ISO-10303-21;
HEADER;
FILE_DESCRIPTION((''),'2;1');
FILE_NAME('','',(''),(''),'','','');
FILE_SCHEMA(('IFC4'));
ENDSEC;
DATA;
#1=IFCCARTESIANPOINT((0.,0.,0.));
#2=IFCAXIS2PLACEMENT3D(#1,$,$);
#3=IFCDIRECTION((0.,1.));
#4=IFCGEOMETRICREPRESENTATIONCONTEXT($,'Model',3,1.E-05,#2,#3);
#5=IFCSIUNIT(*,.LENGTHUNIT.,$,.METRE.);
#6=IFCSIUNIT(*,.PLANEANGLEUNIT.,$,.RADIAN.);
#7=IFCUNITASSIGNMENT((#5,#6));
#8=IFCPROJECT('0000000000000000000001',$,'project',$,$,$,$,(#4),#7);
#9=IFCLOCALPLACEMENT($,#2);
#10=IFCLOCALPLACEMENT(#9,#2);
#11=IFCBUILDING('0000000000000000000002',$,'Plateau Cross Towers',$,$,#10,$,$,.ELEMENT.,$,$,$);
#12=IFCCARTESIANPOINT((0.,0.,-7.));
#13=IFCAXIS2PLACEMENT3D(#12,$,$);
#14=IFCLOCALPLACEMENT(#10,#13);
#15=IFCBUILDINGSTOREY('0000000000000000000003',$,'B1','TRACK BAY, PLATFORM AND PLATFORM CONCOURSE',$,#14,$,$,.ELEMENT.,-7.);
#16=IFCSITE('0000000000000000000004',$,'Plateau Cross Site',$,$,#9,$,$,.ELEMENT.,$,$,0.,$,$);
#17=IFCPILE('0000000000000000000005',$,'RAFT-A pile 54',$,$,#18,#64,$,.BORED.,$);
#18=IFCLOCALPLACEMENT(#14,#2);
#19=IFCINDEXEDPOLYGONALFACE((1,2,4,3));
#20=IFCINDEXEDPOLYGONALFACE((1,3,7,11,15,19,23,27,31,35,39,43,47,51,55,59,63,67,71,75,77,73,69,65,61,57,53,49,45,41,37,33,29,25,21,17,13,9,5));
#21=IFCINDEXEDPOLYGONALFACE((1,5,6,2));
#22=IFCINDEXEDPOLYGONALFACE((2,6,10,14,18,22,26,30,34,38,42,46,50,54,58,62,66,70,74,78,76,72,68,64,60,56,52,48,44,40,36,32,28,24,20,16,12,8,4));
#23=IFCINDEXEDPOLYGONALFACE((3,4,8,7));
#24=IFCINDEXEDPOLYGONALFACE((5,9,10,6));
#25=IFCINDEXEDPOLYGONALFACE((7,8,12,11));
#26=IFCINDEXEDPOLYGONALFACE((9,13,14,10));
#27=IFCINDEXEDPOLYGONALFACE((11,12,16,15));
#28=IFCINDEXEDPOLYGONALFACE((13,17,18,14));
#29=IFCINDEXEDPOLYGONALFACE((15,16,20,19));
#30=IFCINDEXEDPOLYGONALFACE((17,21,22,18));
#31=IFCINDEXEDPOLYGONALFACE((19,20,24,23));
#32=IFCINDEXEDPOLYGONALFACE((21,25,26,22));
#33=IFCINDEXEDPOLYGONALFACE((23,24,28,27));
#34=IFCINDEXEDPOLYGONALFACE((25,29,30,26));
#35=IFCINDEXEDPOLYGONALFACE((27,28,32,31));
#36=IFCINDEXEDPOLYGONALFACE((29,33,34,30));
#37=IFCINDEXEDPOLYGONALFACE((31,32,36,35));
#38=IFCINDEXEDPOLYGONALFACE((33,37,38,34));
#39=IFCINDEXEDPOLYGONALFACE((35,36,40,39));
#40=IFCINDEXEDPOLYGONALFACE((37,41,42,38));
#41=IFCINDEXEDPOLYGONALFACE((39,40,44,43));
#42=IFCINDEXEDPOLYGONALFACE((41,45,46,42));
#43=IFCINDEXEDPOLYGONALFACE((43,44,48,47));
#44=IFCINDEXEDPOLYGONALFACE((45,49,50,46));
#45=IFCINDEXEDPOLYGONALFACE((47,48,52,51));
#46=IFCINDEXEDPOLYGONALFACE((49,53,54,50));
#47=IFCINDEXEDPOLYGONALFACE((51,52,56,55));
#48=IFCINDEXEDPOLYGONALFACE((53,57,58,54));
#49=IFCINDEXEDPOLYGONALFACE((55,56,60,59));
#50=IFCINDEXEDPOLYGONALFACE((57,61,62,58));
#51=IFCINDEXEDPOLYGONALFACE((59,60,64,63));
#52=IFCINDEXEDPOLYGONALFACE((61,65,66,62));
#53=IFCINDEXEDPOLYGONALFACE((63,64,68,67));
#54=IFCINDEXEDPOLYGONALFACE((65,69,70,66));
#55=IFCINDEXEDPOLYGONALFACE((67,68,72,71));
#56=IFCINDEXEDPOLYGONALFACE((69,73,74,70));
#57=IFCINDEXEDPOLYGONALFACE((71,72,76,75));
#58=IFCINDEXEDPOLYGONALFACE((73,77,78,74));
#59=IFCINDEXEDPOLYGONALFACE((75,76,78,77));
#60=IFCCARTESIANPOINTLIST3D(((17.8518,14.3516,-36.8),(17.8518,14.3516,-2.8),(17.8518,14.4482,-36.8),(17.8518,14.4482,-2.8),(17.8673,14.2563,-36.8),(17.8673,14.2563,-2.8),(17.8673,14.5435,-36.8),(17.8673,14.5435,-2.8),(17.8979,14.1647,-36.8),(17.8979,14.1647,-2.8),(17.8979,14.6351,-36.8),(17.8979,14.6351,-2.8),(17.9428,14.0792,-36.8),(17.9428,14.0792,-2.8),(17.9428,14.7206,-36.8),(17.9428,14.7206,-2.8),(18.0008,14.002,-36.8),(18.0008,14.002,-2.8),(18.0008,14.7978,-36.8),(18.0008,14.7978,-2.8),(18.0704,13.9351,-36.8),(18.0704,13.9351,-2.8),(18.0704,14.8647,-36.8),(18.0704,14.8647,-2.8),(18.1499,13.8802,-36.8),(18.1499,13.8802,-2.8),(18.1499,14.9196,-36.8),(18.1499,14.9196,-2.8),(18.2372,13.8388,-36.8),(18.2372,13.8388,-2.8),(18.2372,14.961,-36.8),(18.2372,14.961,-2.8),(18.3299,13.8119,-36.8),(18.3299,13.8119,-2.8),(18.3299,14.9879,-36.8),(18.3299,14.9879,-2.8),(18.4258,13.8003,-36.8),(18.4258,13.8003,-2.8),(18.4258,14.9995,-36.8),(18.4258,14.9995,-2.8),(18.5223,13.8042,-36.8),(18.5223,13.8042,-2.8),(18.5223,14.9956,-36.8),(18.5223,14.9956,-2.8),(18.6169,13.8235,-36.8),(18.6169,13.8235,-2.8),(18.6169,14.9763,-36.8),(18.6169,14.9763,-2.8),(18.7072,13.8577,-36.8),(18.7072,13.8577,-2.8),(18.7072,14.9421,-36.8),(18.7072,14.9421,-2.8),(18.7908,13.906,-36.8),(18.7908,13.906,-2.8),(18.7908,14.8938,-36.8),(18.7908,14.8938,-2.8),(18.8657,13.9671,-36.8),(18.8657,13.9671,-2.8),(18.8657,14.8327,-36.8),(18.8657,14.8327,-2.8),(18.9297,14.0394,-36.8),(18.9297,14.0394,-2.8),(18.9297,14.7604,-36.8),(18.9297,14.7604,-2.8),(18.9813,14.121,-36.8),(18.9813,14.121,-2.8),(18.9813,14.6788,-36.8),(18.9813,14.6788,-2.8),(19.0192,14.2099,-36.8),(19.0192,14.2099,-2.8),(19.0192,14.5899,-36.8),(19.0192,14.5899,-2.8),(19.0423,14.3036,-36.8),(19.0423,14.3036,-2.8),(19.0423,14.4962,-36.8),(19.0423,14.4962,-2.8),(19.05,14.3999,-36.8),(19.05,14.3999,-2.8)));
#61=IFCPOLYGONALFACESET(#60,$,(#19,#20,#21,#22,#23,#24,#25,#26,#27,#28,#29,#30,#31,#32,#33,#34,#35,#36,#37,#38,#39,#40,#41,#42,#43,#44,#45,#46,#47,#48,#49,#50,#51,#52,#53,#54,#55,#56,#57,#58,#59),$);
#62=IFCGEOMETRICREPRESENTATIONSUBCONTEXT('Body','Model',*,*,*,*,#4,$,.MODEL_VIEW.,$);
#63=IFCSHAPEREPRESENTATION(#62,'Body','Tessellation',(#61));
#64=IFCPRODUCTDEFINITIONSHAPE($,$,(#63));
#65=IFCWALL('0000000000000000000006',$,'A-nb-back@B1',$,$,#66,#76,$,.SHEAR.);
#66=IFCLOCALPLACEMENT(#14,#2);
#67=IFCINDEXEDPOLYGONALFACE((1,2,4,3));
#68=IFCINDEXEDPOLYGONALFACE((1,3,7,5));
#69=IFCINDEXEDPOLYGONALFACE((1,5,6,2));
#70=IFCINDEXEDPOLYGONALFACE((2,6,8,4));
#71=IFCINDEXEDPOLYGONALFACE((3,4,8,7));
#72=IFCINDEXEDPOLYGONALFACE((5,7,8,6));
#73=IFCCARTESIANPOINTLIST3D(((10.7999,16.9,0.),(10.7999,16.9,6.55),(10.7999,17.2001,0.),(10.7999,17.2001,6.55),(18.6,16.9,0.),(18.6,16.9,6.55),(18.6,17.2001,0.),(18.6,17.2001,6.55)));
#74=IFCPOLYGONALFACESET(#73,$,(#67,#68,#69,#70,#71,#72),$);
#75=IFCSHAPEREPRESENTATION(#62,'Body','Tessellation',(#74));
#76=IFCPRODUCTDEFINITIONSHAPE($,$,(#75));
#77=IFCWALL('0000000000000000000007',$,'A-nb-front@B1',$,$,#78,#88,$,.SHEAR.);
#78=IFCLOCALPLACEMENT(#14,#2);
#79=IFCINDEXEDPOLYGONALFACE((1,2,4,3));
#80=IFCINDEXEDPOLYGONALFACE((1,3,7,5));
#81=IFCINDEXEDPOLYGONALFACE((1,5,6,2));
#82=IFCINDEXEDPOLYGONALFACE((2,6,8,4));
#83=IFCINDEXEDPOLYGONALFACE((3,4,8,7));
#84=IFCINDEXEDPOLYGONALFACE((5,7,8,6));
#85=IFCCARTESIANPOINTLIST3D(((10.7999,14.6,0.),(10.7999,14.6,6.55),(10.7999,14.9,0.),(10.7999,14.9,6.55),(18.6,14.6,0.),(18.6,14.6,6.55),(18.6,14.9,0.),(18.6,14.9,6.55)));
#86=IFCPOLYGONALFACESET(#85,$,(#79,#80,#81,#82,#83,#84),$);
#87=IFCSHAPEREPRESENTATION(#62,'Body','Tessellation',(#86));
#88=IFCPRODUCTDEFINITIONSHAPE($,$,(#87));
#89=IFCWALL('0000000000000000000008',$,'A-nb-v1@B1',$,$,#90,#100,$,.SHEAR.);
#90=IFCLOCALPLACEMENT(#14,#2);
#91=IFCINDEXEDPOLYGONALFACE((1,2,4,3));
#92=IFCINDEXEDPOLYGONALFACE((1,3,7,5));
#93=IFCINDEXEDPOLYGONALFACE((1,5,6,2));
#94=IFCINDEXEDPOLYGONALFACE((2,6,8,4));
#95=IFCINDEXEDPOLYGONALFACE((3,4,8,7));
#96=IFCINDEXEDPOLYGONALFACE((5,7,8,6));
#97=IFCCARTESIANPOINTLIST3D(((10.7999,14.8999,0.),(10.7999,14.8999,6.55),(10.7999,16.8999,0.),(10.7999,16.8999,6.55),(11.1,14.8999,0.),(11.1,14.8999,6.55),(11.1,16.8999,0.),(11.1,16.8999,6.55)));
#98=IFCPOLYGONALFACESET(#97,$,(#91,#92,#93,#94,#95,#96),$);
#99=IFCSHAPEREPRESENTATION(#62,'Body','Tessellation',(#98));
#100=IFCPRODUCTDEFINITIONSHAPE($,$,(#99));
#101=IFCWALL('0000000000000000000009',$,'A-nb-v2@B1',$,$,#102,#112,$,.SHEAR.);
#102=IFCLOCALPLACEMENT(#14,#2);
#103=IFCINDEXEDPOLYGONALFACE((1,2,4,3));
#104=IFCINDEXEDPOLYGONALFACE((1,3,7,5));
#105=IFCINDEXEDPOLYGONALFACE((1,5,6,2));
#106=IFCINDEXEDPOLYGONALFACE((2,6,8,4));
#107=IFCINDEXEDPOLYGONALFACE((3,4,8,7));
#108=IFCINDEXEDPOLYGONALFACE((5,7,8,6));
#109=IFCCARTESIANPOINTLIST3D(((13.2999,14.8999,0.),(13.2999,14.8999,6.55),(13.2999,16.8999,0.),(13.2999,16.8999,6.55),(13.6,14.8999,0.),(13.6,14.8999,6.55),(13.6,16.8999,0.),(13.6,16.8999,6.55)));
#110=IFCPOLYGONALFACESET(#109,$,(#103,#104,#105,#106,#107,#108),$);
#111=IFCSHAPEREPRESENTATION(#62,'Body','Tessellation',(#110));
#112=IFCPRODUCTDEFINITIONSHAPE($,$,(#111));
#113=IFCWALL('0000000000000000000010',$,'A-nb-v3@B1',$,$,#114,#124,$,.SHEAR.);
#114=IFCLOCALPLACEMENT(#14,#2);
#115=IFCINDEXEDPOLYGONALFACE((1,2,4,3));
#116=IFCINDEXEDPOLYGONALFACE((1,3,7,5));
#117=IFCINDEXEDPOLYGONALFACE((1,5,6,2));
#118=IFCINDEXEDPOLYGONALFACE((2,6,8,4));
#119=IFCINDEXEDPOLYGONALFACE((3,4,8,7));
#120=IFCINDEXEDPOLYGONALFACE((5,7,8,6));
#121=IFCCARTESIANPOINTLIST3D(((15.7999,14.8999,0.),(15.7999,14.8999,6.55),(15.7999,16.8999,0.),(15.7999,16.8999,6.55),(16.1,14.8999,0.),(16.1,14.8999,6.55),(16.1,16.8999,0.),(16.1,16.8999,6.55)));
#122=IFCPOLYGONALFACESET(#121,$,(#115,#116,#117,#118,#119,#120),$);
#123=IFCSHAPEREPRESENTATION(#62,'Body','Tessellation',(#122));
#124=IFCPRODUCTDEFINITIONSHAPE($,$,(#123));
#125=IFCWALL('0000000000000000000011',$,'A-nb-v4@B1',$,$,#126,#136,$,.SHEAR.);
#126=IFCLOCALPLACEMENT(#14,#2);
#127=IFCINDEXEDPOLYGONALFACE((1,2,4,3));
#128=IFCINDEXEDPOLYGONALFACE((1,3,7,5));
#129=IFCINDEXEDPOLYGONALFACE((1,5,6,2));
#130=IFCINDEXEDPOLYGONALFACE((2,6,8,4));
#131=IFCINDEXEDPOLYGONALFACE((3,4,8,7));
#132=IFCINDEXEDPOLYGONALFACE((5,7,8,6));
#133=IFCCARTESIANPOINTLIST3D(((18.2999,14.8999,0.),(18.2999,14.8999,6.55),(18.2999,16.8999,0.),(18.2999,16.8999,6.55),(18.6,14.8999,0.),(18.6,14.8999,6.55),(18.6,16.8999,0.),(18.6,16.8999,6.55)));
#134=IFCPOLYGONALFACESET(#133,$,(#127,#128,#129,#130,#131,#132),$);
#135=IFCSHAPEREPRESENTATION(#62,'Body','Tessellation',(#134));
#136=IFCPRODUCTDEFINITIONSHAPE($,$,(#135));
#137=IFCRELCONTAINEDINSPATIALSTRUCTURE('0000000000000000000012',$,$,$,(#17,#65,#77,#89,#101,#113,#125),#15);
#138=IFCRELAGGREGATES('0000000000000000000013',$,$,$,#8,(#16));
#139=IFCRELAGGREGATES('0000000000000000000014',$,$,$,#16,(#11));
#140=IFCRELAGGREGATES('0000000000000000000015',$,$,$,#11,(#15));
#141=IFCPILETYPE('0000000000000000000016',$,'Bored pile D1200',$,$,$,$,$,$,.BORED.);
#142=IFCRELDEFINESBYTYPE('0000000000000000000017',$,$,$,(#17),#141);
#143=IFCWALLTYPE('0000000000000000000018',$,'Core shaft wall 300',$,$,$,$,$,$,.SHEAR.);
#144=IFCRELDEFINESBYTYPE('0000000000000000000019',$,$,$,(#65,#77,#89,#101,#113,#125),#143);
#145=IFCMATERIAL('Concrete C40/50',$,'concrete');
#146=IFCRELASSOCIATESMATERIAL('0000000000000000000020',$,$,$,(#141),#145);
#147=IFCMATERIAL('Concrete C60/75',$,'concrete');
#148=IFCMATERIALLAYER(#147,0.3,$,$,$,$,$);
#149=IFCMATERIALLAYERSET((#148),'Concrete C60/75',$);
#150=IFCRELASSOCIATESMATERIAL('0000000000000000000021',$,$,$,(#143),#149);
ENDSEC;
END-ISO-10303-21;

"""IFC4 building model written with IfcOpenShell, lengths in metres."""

from ifc_helpers import new_model, si_unit, direction, frame, frame_2d, origin, origin_2d, place, context, subcontext, project, spatial, rectangle, circle, extrude, material, layer, layer_set, material_profile, profile_set, type_object, element, save


model = new_model("IFC4")

# Units and contexts
model_context = context("Model", 3, precision=1e-05, world=origin(), true_north=direction((0.0, 1.0)))
body_context = subcontext(model_context, "Body", "Model", "MODEL_VIEW")
ifc_project = project(units=[si_unit("LENGTHUNIT", "METRE"), si_unit("PLANEANGLEUNIT", "RADIAN")], contexts=[model_context])

# Site, building, storey
site_placement = place(None, origin())
site = spatial("IfcSite", under=ifc_project, at=site_placement, Name="Plateau Cross Site", CompositionType="ELEMENT", RefElevation=0.0)
building_placement = place(site_placement, origin())
building = spatial("IfcBuilding", under=site, at=building_placement, Name="Plateau Cross Towers", CompositionType="ELEMENT")
storey_placement = place(building_placement, frame((0.0, 0.0, -7.0)))
storey = spatial("IfcBuildingStorey", under=building, at=storey_placement, Name="B1", Description="TRACK BAY, PLATFORM AND PLATFORM CONCOURSE", CompositionType="ELEMENT", Elevation=-7.0)

# Pile
ifc_material_1 = material(Name="Concrete C40/50", Category="concrete")
ifc_material_profile = material_profile(ifc_material_1, circle(Radius=0.6001, at=origin_2d()), Name="Bored pile D1200")
ifc_profile_set = profile_set([ifc_material_profile], Name="Concrete C40/50")
pile_type = type_object("IfcPileType", Name="Bored pile D1200", PredefinedType="BORED", material=ifc_profile_set)
for number, where, z_axis, x_axis, name in (
    (1, (18.45, 14.3999, -2.8), (0.0, 0.0, -1.0), (1.0, 0.0, 0.0), "RAFT-A pile 54"),
):
    element("IfcPile", number, at=place(storey_placement, frame(where, z_axis=z_axis, x_axis=x_axis)), inside=storey, type_object=pile_type, Name=name, PredefinedType="BORED", context=body_context, shape_type="SweptSolid", body=[
        extrude(circle(Radius=0.6001, at=origin_2d()), origin(), (0.0, 0.0, 1.0), 34.0),
    ])

# Walls
ifc_material_2 = material(Name="Concrete C60/75", Category="concrete")
ifc_layer = layer(ifc_material_2, 0.3)
ifc_layer_set = layer_set([ifc_layer], Name="Concrete C60/75")
wall_type = type_object("IfcWallType", Name="Core shaft wall 300", PredefinedType="SHEAR", material=ifc_layer_set)
for number, where, z_axis, x_axis, name in (
    (2, (10.8, 17.05, 0.0), (0.0, 0.0, 1.0), (1.0, 0.0, 0.0), "A-nb-back@B1"),
    (3, (10.8, 14.75, 0.0), (0.0, 0.0, 1.0), (1.0, 0.0, 0.0), "A-nb-front@B1"),
):
    element("IfcWall", number, at=place(storey_placement, frame(where, z_axis=z_axis, x_axis=x_axis)), inside=storey, type_object=wall_type, Name=name, PredefinedType="SHEAR", context=body_context, shape_type="SweptSolid", body=[
        extrude(rectangle(XDim=7.8, YDim=0.3, at=frame_2d((3.8999, 0.0))), origin(), (0.0, 0.0, 1.0), 6.55),
    ])
for number, where, z_axis, x_axis, name in (
    (4, (10.95, 14.8999, 0.0), (0.0, 0.0, 1.0), (0.0, 1.0, 0.0), "A-nb-v1@B1"),
    (5, (13.45, 14.8999, 0.0), (0.0, 0.0, 1.0), (0.0, 1.0, 0.0), "A-nb-v2@B1"),
    (6, (15.95, 14.8999, 0.0), (0.0, 0.0, 1.0), (0.0, 1.0, 0.0), "A-nb-v3@B1"),
    (7, (18.45, 14.8999, 0.0), (0.0, 0.0, 1.0), (0.0, 1.0, 0.0), "A-nb-v4@B1"),
):
    element("IfcWall", number, at=place(storey_placement, frame(where, z_axis=z_axis, x_axis=x_axis)), inside=storey, type_object=wall_type, Name=name, PredefinedType="SHEAR", context=body_context, shape_type="SweptSolid", body=[
        extrude(rectangle(XDim=2.0, YDim=0.3, at=frame_2d((1.0, 0.0))), origin(), (0.0, 0.0, 1.0), 6.55),
    ])

save(model, "model.ifc")
